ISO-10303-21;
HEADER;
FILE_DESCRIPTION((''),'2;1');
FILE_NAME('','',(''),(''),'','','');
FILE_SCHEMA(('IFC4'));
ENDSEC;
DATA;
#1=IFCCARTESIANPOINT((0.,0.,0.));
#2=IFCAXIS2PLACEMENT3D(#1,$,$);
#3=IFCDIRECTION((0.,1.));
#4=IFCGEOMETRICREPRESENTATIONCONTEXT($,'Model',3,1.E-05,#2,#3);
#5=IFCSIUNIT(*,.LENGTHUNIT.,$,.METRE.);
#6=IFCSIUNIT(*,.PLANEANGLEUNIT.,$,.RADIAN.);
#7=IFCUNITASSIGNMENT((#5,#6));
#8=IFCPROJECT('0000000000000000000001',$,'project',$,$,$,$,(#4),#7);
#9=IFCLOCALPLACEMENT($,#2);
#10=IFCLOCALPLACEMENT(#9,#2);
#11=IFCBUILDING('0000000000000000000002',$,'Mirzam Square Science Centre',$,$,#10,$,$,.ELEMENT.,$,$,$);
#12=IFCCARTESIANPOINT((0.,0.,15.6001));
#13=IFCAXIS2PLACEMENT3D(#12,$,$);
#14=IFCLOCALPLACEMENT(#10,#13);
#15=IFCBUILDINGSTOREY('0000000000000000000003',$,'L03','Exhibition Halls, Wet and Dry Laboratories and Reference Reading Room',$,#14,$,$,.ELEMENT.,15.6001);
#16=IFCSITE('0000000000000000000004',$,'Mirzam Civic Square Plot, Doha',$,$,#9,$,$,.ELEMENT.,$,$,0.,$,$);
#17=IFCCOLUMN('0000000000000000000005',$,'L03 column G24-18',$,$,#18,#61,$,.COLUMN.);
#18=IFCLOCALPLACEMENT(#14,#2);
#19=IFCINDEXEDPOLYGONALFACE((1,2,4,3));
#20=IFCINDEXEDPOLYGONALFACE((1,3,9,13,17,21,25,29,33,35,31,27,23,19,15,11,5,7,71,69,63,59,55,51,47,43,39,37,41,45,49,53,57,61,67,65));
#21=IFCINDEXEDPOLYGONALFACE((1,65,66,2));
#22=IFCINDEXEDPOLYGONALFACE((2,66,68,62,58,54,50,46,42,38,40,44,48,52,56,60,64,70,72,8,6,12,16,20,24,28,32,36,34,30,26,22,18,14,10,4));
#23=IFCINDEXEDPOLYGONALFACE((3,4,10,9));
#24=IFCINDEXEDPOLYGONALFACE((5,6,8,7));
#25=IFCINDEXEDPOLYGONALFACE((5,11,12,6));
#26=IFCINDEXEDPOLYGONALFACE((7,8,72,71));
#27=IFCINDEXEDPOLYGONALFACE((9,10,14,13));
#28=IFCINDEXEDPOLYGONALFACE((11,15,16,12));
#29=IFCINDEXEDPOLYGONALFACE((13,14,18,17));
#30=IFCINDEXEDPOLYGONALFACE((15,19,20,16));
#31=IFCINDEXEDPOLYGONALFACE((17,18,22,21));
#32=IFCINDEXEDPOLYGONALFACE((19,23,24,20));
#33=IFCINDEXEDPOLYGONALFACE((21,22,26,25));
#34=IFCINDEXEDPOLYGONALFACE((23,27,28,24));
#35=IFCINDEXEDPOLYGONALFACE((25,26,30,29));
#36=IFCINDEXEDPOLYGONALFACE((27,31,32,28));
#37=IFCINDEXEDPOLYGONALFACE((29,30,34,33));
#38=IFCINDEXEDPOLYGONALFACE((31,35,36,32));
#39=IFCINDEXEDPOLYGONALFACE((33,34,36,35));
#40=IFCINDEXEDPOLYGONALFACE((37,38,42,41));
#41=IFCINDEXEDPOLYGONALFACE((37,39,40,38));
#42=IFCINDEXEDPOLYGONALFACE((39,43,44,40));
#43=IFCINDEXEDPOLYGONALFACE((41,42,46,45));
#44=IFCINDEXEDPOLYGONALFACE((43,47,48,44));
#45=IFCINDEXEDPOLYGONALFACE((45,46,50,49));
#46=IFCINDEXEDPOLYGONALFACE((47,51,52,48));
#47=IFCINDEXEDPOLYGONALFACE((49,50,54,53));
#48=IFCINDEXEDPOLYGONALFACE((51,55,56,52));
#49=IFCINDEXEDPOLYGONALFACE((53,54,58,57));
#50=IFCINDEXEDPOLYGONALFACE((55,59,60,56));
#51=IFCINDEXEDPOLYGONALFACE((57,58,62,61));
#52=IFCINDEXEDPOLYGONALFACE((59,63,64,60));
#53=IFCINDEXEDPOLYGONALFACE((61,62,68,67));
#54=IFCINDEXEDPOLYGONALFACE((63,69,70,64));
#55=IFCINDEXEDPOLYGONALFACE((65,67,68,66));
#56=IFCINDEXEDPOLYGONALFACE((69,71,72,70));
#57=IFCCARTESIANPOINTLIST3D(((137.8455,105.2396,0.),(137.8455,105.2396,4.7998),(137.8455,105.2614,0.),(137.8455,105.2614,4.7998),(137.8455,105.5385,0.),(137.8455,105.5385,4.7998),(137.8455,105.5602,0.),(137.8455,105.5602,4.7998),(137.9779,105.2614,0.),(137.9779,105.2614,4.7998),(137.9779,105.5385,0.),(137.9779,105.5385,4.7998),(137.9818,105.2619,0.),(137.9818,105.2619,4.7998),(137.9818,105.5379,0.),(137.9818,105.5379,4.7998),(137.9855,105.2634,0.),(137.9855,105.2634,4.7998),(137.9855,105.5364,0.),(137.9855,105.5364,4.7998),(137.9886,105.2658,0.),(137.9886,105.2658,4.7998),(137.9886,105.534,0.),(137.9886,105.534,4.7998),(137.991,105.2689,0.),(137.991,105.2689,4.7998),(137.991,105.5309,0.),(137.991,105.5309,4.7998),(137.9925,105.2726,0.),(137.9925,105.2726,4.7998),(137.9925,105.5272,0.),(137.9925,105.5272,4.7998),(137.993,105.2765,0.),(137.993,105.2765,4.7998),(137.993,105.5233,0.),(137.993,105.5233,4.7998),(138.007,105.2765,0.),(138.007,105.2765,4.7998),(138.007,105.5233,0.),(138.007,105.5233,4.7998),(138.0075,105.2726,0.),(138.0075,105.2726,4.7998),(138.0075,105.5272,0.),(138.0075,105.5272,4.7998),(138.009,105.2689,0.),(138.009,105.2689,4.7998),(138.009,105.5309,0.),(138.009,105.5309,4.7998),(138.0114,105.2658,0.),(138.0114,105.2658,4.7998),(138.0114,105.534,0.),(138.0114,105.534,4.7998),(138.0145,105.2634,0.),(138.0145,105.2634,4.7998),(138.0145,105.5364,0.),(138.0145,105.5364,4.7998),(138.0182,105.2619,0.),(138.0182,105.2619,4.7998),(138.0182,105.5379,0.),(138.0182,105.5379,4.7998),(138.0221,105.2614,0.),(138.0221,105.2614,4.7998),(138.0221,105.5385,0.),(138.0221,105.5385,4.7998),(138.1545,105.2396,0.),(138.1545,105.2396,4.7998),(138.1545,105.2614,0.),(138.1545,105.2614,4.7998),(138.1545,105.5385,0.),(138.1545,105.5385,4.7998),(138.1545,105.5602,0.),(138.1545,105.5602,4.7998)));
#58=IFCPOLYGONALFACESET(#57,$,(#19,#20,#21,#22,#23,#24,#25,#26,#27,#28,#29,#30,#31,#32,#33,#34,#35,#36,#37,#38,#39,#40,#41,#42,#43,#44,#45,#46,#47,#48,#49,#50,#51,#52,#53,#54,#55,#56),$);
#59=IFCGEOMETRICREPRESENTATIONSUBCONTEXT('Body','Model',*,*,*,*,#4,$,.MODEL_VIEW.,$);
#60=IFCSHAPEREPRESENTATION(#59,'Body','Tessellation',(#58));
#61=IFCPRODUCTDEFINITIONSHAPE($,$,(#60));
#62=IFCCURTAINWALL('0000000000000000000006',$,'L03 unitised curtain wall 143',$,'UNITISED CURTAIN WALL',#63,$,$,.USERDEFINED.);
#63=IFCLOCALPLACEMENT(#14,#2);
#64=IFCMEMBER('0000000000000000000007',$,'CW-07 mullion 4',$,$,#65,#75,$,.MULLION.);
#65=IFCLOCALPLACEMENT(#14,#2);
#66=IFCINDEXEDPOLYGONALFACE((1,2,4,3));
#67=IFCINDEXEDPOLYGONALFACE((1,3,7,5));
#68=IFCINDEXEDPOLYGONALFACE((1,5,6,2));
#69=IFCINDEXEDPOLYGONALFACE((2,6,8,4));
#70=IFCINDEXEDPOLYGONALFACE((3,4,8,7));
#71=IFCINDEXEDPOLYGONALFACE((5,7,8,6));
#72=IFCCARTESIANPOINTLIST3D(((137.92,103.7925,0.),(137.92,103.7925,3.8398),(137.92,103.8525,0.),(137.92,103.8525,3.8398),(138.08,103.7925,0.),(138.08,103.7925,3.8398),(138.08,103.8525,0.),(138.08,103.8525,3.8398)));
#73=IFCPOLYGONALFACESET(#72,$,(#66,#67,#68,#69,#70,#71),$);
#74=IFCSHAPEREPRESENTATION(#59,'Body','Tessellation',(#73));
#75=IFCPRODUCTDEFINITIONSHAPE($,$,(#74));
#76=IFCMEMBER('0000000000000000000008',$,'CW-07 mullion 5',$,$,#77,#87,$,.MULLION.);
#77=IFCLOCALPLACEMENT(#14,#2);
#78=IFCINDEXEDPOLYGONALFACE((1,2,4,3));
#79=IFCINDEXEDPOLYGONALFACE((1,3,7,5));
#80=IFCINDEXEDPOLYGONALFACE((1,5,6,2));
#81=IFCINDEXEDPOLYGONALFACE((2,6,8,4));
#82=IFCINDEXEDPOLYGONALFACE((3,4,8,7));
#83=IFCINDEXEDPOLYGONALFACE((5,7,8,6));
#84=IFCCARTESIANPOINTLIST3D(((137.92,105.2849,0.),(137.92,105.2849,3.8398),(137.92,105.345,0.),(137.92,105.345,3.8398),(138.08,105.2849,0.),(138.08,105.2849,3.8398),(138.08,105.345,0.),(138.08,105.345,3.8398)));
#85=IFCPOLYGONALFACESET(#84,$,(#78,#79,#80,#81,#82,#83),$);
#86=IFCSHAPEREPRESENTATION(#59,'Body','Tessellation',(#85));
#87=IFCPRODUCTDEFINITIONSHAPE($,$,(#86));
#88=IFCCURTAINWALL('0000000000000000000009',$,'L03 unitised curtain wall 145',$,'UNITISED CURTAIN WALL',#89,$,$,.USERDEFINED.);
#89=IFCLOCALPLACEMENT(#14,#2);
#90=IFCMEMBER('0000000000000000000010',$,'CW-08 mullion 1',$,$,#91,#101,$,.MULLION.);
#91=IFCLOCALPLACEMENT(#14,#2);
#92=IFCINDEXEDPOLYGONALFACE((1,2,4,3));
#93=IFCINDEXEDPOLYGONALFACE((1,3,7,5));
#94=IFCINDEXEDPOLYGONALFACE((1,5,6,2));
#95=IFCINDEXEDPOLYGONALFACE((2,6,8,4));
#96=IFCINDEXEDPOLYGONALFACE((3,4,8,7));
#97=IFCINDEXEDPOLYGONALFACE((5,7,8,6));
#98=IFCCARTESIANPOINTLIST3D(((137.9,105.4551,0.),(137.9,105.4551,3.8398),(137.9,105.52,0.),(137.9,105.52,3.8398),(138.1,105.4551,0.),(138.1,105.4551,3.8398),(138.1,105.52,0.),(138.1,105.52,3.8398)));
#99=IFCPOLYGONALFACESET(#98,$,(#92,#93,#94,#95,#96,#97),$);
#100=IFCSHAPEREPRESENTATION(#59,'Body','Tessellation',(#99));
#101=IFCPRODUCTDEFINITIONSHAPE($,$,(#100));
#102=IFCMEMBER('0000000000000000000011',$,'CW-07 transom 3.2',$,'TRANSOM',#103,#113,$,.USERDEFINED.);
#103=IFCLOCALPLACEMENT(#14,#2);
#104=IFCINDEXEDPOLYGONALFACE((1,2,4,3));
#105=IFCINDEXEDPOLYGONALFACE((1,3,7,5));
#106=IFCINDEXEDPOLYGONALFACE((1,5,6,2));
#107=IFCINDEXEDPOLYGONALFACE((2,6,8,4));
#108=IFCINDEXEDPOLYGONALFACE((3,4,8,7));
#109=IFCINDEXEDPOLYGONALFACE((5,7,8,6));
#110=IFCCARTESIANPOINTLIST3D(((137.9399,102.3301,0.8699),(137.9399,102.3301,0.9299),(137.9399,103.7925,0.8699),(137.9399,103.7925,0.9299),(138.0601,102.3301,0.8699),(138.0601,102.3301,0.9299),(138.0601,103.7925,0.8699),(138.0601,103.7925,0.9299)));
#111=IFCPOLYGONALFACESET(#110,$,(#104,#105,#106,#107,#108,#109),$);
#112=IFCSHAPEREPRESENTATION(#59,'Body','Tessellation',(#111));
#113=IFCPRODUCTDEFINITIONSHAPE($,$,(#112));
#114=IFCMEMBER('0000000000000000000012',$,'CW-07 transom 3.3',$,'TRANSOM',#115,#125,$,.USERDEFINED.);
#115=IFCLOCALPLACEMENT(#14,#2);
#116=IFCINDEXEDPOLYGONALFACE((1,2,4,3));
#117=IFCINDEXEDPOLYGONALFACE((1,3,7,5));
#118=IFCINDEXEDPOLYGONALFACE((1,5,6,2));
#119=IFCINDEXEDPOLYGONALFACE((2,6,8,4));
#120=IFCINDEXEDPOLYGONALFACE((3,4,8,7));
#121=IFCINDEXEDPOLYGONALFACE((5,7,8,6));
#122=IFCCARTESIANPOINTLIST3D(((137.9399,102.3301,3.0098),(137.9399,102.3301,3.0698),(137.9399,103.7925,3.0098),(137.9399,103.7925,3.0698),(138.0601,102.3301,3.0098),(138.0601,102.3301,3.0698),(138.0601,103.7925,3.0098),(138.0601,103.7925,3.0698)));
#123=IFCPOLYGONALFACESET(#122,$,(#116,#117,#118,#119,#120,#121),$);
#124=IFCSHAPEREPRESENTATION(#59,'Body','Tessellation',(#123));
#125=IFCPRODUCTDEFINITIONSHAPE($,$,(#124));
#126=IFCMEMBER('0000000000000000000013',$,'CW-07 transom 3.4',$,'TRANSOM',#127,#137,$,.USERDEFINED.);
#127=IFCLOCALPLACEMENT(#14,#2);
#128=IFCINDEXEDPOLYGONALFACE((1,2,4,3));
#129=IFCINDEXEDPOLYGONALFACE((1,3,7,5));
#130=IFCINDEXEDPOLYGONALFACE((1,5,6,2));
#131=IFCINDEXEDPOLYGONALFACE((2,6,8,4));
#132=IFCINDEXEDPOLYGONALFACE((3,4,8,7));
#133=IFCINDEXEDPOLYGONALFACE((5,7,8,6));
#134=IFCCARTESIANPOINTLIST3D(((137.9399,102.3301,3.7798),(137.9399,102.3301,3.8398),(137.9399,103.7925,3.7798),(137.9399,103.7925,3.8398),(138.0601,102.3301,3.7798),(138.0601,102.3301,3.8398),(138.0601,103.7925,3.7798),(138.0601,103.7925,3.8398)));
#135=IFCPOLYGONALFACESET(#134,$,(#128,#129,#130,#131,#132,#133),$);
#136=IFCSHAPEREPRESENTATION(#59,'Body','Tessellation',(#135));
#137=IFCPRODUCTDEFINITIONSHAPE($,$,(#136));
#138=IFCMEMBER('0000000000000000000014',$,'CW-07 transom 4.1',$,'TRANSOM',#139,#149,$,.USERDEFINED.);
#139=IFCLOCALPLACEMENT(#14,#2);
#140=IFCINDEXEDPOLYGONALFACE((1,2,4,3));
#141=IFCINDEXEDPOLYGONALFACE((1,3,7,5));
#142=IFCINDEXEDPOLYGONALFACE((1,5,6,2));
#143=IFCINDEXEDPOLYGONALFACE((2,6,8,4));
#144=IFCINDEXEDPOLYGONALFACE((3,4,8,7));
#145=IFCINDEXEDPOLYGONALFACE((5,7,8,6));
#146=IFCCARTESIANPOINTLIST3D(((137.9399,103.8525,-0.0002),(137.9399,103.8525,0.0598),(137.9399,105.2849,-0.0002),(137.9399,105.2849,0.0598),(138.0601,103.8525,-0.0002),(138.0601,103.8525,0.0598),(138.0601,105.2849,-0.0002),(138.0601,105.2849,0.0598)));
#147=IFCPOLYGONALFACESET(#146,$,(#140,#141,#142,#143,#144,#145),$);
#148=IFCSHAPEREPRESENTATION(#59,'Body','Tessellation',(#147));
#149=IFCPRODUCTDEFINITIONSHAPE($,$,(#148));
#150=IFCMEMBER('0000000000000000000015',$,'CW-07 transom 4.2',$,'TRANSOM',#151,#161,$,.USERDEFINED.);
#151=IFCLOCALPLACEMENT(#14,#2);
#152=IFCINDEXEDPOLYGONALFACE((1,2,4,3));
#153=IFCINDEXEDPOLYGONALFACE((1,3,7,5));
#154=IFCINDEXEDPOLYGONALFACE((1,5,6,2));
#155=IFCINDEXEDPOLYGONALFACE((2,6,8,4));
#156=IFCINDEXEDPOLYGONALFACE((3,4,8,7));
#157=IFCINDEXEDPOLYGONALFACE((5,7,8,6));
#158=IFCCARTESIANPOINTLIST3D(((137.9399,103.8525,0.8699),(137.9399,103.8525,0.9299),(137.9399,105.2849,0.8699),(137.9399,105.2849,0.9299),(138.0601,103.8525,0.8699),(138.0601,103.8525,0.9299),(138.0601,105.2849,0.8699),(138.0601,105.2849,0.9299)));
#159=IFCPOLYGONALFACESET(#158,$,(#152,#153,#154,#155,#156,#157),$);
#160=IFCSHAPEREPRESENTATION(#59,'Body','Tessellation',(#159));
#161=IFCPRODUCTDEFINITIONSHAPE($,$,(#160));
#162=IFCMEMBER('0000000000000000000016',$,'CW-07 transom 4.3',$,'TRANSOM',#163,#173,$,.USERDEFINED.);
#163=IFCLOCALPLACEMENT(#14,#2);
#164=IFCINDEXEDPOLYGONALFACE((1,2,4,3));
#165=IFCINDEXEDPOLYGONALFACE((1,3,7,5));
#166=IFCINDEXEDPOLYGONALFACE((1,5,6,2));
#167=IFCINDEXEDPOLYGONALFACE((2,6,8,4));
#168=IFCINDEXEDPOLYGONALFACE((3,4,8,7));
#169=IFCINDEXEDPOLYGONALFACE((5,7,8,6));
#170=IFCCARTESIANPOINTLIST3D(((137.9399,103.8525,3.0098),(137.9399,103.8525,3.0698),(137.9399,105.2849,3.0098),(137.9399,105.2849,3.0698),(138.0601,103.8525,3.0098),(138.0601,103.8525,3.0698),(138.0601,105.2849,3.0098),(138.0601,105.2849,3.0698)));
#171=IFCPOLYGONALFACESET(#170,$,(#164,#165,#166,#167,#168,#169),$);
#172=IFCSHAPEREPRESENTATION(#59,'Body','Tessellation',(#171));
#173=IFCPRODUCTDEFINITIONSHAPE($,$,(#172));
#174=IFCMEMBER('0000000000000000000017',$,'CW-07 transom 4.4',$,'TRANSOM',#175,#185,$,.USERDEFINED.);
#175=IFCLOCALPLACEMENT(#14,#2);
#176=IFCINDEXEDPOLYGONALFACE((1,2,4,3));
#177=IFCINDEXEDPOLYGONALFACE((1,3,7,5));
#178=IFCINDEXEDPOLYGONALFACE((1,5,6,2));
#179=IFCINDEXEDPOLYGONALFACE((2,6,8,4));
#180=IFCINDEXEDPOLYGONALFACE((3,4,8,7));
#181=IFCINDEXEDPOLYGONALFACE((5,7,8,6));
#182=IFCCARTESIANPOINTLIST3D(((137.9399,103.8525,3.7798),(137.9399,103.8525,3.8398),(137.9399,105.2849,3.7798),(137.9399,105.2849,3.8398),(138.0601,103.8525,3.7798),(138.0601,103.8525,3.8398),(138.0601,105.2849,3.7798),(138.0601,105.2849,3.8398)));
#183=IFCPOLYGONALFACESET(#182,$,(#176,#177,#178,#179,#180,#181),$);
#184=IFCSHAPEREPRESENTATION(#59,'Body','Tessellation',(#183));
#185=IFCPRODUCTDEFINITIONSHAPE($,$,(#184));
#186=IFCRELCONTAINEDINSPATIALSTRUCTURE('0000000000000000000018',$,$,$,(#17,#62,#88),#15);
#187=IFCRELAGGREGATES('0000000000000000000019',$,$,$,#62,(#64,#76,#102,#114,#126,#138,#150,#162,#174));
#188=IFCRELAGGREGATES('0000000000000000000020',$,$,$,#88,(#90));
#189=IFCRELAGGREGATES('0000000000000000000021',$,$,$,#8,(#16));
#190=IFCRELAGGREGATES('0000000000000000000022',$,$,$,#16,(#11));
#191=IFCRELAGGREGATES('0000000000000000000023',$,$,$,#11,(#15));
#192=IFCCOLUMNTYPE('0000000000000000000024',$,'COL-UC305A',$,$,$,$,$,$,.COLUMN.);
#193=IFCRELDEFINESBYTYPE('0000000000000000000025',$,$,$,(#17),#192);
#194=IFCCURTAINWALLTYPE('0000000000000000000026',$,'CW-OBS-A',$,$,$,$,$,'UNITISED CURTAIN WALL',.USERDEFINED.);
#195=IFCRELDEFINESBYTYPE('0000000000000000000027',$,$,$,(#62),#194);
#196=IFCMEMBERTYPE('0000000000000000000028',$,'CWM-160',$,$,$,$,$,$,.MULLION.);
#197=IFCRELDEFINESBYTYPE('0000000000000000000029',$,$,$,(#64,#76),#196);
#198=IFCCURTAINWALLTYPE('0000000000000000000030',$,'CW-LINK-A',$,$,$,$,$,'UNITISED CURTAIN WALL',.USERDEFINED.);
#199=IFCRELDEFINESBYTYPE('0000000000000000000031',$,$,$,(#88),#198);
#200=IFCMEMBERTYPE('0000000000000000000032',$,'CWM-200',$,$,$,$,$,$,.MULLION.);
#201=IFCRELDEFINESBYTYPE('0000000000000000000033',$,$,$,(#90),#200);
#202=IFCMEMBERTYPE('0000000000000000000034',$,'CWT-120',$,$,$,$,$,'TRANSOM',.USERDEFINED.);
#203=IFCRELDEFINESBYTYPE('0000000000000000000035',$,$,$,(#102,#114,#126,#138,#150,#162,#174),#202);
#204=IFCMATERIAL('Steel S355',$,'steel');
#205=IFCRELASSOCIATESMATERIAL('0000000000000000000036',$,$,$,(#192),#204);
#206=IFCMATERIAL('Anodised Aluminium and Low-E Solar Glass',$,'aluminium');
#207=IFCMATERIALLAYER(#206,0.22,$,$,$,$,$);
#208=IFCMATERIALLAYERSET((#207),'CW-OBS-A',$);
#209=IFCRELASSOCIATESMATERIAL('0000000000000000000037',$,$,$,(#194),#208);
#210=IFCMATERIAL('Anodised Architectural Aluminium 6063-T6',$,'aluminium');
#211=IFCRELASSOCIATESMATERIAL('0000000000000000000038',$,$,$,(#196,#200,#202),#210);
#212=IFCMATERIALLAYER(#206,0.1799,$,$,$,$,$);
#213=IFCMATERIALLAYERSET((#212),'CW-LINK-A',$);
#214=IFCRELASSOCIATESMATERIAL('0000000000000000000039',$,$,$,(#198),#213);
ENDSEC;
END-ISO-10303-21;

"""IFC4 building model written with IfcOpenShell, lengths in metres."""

from ifc_helpers import new_model, si_unit, direction, frame, origin, origin_2d, place, context, subcontext, project, spatial, rectangle, i_section, extrude, material, layer, layer_set, material_profile, profile_set, type_object, element, aggregate, save


model = new_model("IFC4")

# Units and contexts
model_context = context("Model", 3, precision=1e-05, world=origin(), true_north=direction((0.0, 1.0)))
body_context = subcontext(model_context, "Body", "Model", "MODEL_VIEW")
ifc_project = project(units=[si_unit("LENGTHUNIT", "METRE"), si_unit("PLANEANGLEUNIT", "RADIAN")], contexts=[model_context])

# Site, building, storey
site_placement = place(None, origin())
site = spatial("IfcSite", under=ifc_project, at=site_placement, Name="Mirzam Civic Square Plot, Doha", CompositionType="ELEMENT", RefElevation=0.0)
building_placement = place(site_placement, origin())
building = spatial("IfcBuilding", under=site, at=building_placement, Name="Mirzam Square Science Centre", CompositionType="ELEMENT")
storey_placement = place(building_placement, frame((0.0, 0.0, 15.6001)))
storey = spatial("IfcBuildingStorey", under=building, at=storey_placement, Name="L03", Description="Exhibition Halls, Wet and Dry Laboratories and Reference Reading Room", CompositionType="ELEMENT", Elevation=15.6001)

# Column
ifc_material_1 = material(Name="Steel S355", Category="steel")
ifc_material_profile_1 = material_profile(ifc_material_1, i_section(OverallWidth=0.3091, OverallDepth=0.3206, WebThickness=0.0139, FlangeThickness=0.0217, FilletRadius=0.0151, at=origin_2d()), Name="305x305x137UC")
ifc_profile_set_1 = profile_set([ifc_material_profile_1], Name="Steel S355")
column_type = type_object("IfcColumnType", Name="COL-UC305A", PredefinedType="COLUMN", material=ifc_profile_set_1)
column_placement = place(storey_placement, frame((138.0, 105.3999, 0.0), z_axis=(0.0, 0.0, 1.0), x_axis=(1.0, 0.0, 0.0)))
element("IfcColumn", 1, at=column_placement, inside=storey, type_object=column_type, Name="L03 column G24-18", PredefinedType="COLUMN", context=body_context, shape_type="SweptSolid", body=[
    extrude(i_section(OverallWidth=0.3091, OverallDepth=0.3206, WebThickness=0.0139, FlangeThickness=0.0217, FilletRadius=0.0151, at=origin_2d()), origin(), (0.0, 0.0, 1.0), 4.7998),
])

# Curtain wall, members
ifc_material_2 = material(Name="Anodised Aluminium and Low-E Solar Glass", Category="aluminium")
ifc_layer_1 = layer(ifc_material_2, 0.22)
ifc_layer_set_1 = layer_set([ifc_layer_1], Name="CW-OBS-A")
curtain_wall_type_1 = type_object("IfcCurtainWallType", Name="CW-OBS-A", ElementType="UNITISED CURTAIN WALL", PredefinedType="USERDEFINED", material=ifc_layer_set_1)
curtain_wall_1_placement = place(storey_placement, origin())
curtain_wall_1 = element("IfcCurtainWall", 2, at=curtain_wall_1_placement, inside=storey, type_object=curtain_wall_type_1, Name="L03 unitised curtain wall 143", ObjectType="UNITISED CURTAIN WALL", PredefinedType="USERDEFINED")
ifc_material_3 = material(Name="Anodised Architectural Aluminium 6063-T6", Category="aluminium")
ifc_material_profile_2 = material_profile(ifc_material_3, rectangle(XDim=0.0601, YDim=0.1599, at=origin_2d()), Name="ALU-MULL-160x60x4")
ifc_profile_set_2 = profile_set([ifc_material_profile_2], Name="Anodised Architectural Aluminium 6063-T6")
member_type_1 = type_object("IfcMemberType", Name="CWM-160", PredefinedType="MULLION", material=ifc_profile_set_2)
member_1_placement = place(storey_placement, frame((138.0, 103.8225, 0.0), z_axis=(0.0, 0.0, 1.0), x_axis=(0.0, 1.0, 0.0)))
member_1 = element("IfcMember", 3, at=member_1_placement, type_object=member_type_1, Name="CW-07 mullion 4", PredefinedType="MULLION", context=body_context, shape_type="SweptSolid", body=[
    extrude(rectangle(XDim=0.0601, YDim=0.1599, at=origin_2d()), origin(), (0.0, 0.0, 1.0), 3.8398),
])
member_2_placement = place(storey_placement, frame((138.0, 105.3149, 0.0), z_axis=(0.0, 0.0, 1.0), x_axis=(0.0, 1.0, 0.0)))
member_2 = element("IfcMember", 4, at=member_2_placement, type_object=member_type_1, Name="CW-07 mullion 5", PredefinedType="MULLION", context=body_context, shape_type="SweptSolid", body=[
    extrude(rectangle(XDim=0.0601, YDim=0.1599, at=origin_2d()), origin(), (0.0, 0.0, 1.0), 3.8398),
])

# Curtain wall, member
ifc_layer_2 = layer(ifc_material_2, 0.1799)
ifc_layer_set_2 = layer_set([ifc_layer_2], Name="CW-LINK-A")
curtain_wall_type_2 = type_object("IfcCurtainWallType", Name="CW-LINK-A", ElementType="UNITISED CURTAIN WALL", PredefinedType="USERDEFINED", material=ifc_layer_set_2)
curtain_wall_2_placement = place(storey_placement, origin())
curtain_wall_2 = element("IfcCurtainWall", 5, at=curtain_wall_2_placement, inside=storey, type_object=curtain_wall_type_2, Name="L03 unitised curtain wall 145", ObjectType="UNITISED CURTAIN WALL", PredefinedType="USERDEFINED")
ifc_material_profile_3 = material_profile(ifc_material_3, rectangle(XDim=0.0649, YDim=0.2, at=origin_2d()), Name="ALU-MULL-200x65x5")
ifc_profile_set_3 = profile_set([ifc_material_profile_3], Name="Anodised Architectural Aluminium 6063-T6")
member_type_2 = type_object("IfcMemberType", Name="CWM-200", PredefinedType="MULLION", material=ifc_profile_set_3)
member_3_placement = place(storey_placement, frame((138.0, 105.4875, 0.0), z_axis=(0.0, 0.0, 1.0), x_axis=(0.0, 1.0, 0.0)))
member_3 = element("IfcMember", 6, at=member_3_placement, type_object=member_type_2, Name="CW-08 mullion 1", PredefinedType="MULLION", context=body_context, shape_type="SweptSolid", body=[
    extrude(rectangle(XDim=0.0649, YDim=0.2, at=origin_2d()), origin(), (0.0, 0.0, 1.0), 3.8398),
])

# Members
ifc_material_profile_4 = material_profile(ifc_material_3, rectangle(XDim=0.1201, YDim=0.0601, at=origin_2d()), Name="ALU-TRAN-120x60x4")
ifc_profile_set_4 = profile_set([ifc_material_profile_4], Name="Anodised Architectural Aluminium 6063-T6")
member_type_3 = type_object("IfcMemberType", Name="CWT-120", ElementType="TRANSOM", PredefinedType="USERDEFINED", material=ifc_profile_set_4)
member_4_placement = place(storey_placement, frame((138.0, 102.3301, 0.8999), z_axis=(0.0, 1.0, 0.0), x_axis=(-1.0, 0.0, 0.0)))
member_4 = element("IfcMember", 7, at=member_4_placement, type_object=member_type_3, Name="CW-07 transom 3.2", ObjectType="TRANSOM", PredefinedType="USERDEFINED", context=body_context, shape_type="SweptSolid", body=[
    extrude(rectangle(XDim=0.1201, YDim=0.0601, at=origin_2d()), origin(), (0.0, 0.0, 1.0), 1.4624),
])
member_5_placement = place(storey_placement, frame((138.0, 102.3301, 3.0398), z_axis=(0.0, 1.0, 0.0), x_axis=(-1.0, 0.0, 0.0)))
member_5 = element("IfcMember", 8, at=member_5_placement, type_object=member_type_3, Name="CW-07 transom 3.3", ObjectType="TRANSOM", PredefinedType="USERDEFINED", context=body_context, shape_type="SweptSolid", body=[
    extrude(rectangle(XDim=0.1201, YDim=0.0601, at=origin_2d()), origin(), (0.0, 0.0, 1.0), 1.4624),
])
member_6_placement = place(storey_placement, frame((138.0, 102.3301, 3.8098), z_axis=(0.0, 1.0, 0.0), x_axis=(-1.0, 0.0, 0.0)))
member_6 = element("IfcMember", 9, at=member_6_placement, type_object=member_type_3, Name="CW-07 transom 3.4", ObjectType="TRANSOM", PredefinedType="USERDEFINED", context=body_context, shape_type="SweptSolid", body=[
    extrude(rectangle(XDim=0.1201, YDim=0.0601, at=origin_2d()), origin(), (0.0, 0.0, 1.0), 1.4624),
])
member_7_placement = place(storey_placement, frame((138.0, 103.8525, 0.0298), z_axis=(0.0, 1.0, 0.0), x_axis=(-1.0, 0.0, 0.0)))
member_7 = element("IfcMember", 10, at=member_7_placement, type_object=member_type_3, Name="CW-07 transom 4.1", ObjectType="TRANSOM", PredefinedType="USERDEFINED", context=body_context, shape_type="SweptSolid", body=[
    extrude(rectangle(XDim=0.1201, YDim=0.0601, at=origin_2d()), origin(), (0.0, 0.0, 1.0), 1.4324),
])
member_8_placement = place(storey_placement, frame((138.0, 103.8525, 0.8999), z_axis=(0.0, 1.0, 0.0), x_axis=(-1.0, 0.0, 0.0)))
member_8 = element("IfcMember", 11, at=member_8_placement, type_object=member_type_3, Name="CW-07 transom 4.2", ObjectType="TRANSOM", PredefinedType="USERDEFINED", context=body_context, shape_type="SweptSolid", body=[
    extrude(rectangle(XDim=0.1201, YDim=0.0601, at=origin_2d()), origin(), (0.0, 0.0, 1.0), 1.4324),
])
member_9_placement = place(storey_placement, frame((138.0, 103.8525, 3.0398), z_axis=(0.0, 1.0, 0.0), x_axis=(-1.0, 0.0, 0.0)))
member_9 = element("IfcMember", 12, at=member_9_placement, type_object=member_type_3, Name="CW-07 transom 4.3", ObjectType="TRANSOM", PredefinedType="USERDEFINED", context=body_context, shape_type="SweptSolid", body=[
    extrude(rectangle(XDim=0.1201, YDim=0.0601, at=origin_2d()), origin(), (0.0, 0.0, 1.0), 1.4324),
])
member_10_placement = place(storey_placement, frame((138.0, 103.8525, 3.8098), z_axis=(0.0, 1.0, 0.0), x_axis=(-1.0, 0.0, 0.0)))
member_10 = element("IfcMember", 13, at=member_10_placement, type_object=member_type_3, Name="CW-07 transom 4.4", ObjectType="TRANSOM", PredefinedType="USERDEFINED", context=body_context, shape_type="SweptSolid", body=[
    extrude(rectangle(XDim=0.1201, YDim=0.0601, at=origin_2d()), origin(), (0.0, 0.0, 1.0), 1.4324),
])

aggregate(curtain_wall_1, [member_1, member_2, member_4, member_5, member_6, member_7, member_8, member_9, member_10])
aggregate(curtain_wall_2, [member_3])

save(model, "model.ifc")
